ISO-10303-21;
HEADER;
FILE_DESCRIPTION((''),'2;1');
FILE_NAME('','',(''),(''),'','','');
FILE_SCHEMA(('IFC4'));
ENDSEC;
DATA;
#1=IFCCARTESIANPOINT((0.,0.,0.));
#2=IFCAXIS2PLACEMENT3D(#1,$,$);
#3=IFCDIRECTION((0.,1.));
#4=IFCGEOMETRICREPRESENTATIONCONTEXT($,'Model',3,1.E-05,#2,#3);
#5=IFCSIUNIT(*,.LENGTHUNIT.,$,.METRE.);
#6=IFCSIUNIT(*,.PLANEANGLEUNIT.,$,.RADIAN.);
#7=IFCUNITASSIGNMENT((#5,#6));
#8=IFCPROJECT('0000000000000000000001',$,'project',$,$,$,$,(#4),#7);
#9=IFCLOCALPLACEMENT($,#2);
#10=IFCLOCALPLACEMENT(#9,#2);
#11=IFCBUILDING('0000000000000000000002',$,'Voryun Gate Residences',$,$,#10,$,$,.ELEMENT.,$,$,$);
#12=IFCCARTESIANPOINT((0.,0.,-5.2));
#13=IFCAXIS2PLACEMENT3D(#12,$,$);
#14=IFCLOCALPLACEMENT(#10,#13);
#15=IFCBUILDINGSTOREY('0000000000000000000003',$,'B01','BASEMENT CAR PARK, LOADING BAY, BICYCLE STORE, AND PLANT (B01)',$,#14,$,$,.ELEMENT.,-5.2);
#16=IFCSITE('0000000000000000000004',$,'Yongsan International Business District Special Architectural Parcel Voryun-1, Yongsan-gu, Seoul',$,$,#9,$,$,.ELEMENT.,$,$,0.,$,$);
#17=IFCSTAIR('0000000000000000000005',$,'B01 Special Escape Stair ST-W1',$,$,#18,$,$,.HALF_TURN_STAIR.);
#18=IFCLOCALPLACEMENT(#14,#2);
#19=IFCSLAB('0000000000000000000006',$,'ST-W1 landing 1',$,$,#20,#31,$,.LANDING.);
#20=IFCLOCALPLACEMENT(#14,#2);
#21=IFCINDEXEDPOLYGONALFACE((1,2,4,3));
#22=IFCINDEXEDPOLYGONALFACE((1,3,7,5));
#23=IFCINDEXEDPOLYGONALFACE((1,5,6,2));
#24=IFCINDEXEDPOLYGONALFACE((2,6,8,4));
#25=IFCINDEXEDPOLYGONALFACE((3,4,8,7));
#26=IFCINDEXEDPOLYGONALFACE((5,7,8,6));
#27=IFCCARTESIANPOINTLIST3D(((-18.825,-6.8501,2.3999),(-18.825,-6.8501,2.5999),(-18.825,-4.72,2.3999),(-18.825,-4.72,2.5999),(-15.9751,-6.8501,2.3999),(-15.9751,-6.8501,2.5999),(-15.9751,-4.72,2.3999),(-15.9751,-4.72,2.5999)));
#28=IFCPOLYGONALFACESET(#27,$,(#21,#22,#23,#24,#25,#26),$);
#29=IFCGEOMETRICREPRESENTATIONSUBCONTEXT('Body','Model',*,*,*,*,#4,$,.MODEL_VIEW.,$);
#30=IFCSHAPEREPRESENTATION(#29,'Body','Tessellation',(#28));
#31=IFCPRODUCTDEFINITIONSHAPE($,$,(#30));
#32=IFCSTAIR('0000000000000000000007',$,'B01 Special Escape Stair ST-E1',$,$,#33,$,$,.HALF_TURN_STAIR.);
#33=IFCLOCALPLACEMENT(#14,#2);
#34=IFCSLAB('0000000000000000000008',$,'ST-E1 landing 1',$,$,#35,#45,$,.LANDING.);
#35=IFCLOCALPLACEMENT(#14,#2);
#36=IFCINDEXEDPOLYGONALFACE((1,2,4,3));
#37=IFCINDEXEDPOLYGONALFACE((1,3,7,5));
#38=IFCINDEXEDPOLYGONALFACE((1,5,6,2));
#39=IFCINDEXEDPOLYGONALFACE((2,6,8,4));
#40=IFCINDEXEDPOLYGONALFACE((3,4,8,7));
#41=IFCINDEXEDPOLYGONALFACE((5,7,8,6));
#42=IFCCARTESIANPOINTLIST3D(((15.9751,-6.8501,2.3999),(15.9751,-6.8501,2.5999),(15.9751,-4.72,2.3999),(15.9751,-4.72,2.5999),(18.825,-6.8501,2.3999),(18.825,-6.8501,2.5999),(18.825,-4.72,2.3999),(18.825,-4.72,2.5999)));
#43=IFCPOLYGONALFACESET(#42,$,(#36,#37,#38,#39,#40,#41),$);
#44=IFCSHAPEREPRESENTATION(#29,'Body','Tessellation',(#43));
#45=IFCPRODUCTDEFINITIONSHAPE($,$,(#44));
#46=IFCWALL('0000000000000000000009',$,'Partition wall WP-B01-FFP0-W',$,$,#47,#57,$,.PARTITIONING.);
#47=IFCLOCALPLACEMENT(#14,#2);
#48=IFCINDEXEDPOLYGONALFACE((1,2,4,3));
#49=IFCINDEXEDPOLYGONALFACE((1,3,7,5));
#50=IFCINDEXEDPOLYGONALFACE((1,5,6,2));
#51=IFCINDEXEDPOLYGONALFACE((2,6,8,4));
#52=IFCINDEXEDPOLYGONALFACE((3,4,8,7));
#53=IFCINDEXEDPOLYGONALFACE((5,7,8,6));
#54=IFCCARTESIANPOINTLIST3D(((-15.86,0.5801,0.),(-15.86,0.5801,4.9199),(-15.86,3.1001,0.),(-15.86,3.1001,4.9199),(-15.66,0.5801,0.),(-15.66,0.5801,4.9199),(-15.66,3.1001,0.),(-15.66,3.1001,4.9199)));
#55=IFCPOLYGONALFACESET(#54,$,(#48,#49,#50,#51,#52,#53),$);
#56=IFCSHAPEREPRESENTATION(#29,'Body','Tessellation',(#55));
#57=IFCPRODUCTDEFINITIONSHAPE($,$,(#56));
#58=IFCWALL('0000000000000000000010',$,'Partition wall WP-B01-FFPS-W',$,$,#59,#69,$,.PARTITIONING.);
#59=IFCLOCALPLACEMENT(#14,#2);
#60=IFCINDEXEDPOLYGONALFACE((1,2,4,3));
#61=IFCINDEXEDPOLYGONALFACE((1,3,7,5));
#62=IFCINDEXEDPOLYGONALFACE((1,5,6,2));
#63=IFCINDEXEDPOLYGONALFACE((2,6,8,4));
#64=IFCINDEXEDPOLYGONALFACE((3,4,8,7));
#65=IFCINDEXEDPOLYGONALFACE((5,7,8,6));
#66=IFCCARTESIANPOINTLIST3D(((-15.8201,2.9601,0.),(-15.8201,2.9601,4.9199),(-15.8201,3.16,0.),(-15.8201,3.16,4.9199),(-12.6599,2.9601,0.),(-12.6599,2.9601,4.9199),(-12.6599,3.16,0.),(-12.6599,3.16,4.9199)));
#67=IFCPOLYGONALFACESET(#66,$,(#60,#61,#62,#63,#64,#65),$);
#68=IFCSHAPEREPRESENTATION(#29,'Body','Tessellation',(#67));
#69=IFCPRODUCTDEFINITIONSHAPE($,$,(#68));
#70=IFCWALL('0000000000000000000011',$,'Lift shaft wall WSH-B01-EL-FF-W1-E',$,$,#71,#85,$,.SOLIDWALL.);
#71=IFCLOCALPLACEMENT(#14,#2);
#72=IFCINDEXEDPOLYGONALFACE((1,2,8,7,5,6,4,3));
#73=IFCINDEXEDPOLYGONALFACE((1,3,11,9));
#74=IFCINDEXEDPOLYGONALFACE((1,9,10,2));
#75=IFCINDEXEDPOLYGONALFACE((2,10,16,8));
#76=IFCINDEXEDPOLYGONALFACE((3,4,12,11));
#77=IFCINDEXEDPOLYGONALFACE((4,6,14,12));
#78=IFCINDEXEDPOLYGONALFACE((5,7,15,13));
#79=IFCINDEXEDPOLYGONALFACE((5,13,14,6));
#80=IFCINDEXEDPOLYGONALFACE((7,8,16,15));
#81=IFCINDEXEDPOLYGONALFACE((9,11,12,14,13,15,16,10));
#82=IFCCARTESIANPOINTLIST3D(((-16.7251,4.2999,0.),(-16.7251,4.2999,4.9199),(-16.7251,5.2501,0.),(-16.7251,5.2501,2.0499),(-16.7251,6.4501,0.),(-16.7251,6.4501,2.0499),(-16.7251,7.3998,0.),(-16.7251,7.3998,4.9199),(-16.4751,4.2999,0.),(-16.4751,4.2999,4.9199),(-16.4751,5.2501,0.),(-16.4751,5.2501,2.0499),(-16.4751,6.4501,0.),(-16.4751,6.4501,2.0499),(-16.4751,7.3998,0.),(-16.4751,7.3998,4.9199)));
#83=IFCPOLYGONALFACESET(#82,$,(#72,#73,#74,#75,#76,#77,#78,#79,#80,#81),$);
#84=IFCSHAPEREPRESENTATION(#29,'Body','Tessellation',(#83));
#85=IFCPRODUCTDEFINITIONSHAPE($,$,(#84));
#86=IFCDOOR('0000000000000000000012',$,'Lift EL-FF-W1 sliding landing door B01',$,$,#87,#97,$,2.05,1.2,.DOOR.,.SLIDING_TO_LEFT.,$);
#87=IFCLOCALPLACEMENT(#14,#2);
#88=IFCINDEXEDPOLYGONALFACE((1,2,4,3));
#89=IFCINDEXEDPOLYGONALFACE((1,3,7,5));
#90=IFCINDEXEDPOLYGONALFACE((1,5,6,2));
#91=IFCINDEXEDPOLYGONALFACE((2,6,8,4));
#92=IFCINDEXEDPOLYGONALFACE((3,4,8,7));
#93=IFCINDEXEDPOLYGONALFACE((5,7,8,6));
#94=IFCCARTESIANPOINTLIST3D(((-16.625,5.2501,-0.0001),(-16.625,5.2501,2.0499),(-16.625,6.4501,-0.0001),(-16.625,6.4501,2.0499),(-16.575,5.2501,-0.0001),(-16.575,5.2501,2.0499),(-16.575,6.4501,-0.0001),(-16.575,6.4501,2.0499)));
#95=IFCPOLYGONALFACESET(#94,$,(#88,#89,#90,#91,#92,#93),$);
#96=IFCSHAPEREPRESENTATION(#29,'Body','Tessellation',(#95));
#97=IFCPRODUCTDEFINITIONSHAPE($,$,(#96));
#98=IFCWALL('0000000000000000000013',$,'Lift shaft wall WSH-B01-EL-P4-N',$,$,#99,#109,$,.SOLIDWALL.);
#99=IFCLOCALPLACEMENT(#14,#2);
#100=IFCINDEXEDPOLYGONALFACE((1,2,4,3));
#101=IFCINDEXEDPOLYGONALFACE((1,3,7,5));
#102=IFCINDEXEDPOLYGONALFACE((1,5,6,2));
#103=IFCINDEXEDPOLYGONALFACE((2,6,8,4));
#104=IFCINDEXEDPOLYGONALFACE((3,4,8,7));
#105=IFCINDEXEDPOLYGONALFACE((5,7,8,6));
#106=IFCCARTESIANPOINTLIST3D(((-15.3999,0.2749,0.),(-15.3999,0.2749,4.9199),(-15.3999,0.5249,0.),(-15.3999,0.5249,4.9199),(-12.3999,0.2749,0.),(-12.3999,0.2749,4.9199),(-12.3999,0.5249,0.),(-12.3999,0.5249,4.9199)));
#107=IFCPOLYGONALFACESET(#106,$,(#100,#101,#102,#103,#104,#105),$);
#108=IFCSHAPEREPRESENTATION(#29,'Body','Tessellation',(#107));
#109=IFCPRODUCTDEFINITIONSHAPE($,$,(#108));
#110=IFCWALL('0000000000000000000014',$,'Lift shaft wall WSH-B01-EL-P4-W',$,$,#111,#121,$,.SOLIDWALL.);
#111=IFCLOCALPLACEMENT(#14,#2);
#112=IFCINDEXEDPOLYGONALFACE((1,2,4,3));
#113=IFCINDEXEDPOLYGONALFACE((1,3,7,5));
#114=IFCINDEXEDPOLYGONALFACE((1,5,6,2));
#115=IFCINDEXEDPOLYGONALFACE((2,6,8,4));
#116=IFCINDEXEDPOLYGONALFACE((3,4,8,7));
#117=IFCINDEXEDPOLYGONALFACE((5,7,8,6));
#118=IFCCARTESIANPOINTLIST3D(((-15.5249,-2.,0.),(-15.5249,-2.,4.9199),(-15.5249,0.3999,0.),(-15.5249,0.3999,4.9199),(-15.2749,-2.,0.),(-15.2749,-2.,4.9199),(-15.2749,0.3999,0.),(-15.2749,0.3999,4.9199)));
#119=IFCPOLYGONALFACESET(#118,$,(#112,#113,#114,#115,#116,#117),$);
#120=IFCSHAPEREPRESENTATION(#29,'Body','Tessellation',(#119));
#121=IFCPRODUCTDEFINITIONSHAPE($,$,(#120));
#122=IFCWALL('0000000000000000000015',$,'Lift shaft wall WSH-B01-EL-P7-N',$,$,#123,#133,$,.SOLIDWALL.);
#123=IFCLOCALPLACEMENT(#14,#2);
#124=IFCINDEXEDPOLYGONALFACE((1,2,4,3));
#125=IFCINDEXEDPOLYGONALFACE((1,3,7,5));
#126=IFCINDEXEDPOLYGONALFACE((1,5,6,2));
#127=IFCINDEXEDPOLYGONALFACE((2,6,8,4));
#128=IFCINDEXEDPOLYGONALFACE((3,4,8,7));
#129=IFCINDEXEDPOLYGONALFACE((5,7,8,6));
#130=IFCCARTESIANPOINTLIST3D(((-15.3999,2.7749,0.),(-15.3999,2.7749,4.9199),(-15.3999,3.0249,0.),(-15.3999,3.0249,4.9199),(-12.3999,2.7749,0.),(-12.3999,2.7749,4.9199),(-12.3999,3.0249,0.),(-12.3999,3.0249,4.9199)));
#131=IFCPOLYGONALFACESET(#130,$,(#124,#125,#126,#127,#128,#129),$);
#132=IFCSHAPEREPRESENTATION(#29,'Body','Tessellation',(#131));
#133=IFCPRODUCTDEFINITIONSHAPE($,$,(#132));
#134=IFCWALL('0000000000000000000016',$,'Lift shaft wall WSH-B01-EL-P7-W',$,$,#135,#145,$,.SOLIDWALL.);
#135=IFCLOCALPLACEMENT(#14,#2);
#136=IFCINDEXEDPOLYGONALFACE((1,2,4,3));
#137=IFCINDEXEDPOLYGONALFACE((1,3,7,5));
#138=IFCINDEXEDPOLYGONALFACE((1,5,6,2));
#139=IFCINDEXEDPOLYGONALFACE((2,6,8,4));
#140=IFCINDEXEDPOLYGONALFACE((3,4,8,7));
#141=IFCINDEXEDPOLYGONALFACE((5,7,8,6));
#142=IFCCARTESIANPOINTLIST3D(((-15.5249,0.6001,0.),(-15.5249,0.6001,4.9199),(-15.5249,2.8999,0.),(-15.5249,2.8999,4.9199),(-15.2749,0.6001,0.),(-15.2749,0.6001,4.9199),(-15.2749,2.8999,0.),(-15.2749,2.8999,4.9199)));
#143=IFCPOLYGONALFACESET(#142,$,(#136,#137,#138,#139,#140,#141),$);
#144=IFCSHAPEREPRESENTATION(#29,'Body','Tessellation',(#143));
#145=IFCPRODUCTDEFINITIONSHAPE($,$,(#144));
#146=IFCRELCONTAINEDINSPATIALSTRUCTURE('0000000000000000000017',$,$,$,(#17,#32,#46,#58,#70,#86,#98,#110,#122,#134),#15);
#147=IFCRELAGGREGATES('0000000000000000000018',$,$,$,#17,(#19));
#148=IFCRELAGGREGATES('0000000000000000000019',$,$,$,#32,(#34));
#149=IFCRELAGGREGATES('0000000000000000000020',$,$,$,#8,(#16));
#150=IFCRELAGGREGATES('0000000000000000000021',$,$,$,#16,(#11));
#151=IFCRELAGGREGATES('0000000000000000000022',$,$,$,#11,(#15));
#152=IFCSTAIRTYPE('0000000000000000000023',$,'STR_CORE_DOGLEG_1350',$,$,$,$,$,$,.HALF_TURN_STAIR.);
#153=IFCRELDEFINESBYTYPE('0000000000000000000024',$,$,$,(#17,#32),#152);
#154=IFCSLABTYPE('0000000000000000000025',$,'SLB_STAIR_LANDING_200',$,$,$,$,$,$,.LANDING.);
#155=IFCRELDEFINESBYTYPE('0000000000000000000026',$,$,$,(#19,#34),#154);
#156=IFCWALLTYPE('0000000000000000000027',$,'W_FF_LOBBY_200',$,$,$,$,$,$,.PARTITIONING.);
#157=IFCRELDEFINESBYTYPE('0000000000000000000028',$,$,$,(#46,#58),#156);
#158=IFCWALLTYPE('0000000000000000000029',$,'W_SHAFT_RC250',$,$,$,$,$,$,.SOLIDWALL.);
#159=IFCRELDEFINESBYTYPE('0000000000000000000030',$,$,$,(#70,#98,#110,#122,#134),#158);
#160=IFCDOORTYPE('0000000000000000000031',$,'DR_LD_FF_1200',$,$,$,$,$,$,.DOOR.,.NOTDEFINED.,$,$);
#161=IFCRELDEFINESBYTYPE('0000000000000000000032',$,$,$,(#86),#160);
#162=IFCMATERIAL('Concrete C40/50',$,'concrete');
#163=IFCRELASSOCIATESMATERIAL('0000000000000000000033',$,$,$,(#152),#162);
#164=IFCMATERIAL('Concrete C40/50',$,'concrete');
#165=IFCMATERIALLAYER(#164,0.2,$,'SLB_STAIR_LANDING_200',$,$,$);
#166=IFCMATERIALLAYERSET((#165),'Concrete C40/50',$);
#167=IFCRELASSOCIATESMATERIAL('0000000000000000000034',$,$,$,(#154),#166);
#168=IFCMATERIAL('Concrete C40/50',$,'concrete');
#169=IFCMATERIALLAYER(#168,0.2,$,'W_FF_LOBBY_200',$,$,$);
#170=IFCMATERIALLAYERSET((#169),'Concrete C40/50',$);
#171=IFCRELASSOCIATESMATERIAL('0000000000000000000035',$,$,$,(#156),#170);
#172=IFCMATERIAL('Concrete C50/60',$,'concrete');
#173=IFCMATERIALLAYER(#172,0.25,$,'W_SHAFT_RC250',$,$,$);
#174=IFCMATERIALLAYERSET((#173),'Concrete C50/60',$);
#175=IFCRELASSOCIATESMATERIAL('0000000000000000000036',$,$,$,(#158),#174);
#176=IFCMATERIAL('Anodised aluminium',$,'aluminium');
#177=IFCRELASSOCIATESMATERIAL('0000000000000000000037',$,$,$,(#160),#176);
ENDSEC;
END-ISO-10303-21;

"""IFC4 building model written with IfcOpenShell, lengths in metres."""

from ifc_helpers import new_model, si_unit, direction, frame, frame_2d, origin, place, context, subcontext, project, spatial, polyline, rectangle, outline, extrude, material, layer, layer_set, type_object, element, fill, aggregate, save


model = new_model("IFC4")

# Units and contexts
model_context = context("Model", 3, precision=1e-05, world=origin(), true_north=direction((0.0, 1.0)))
body_context = subcontext(model_context, "Body", "Model", "MODEL_VIEW")
ifc_project = project(units=[si_unit("LENGTHUNIT", "METRE"), si_unit("PLANEANGLEUNIT", "RADIAN")], contexts=[model_context])

# Site, building, storey
site_placement = place(None, origin())
site = spatial("IfcSite", under=ifc_project, at=site_placement, Name="Yongsan International Business District Special Architectural Parcel Voryun-1, Yongsan-gu, Seoul", CompositionType="ELEMENT", RefElevation=0.0)
building_placement = place(site_placement, origin())
building = spatial("IfcBuilding", under=site, at=building_placement, Name="Voryun Gate Residences", CompositionType="ELEMENT")
storey_placement = place(building_placement, frame((0.0, 0.0, -5.2)))
storey = spatial("IfcBuildingStorey", under=building, at=storey_placement, Name="B01", Description="BASEMENT CAR PARK, LOADING BAY, BICYCLE STORE, AND PLANT (B01)", CompositionType="ELEMENT", Elevation=-5.2)

# Stairs, slabs
ifc_material_1 = material(Name="Concrete C40/50", Category="concrete")
stair_type = type_object("IfcStairType", Name="STR_CORE_DOGLEG_1350", PredefinedType="HALF_TURN_STAIR", material=ifc_material_1)
stair_1_placement = place(storey_placement, origin())
stair_1 = element("IfcStair", 1, at=stair_1_placement, inside=storey, type_object=stair_type, Name="B01 Special Escape Stair ST-W1", PredefinedType="HALF_TURN_STAIR")
ifc_material_2 = material(Name="Concrete C40/50", Category="concrete")
ifc_layer_1 = layer(ifc_material_2, 0.2, Name="SLB_STAIR_LANDING_200")
ifc_layer_set_1 = layer_set([ifc_layer_1], Name="Concrete C40/50")
slab_type_1 = type_object("IfcSlabType", Name="SLB_STAIR_LANDING_200", PredefinedType="LANDING", material=ifc_layer_set_1)
slab_1_placement = place(storey_placement, frame((0.0, 0.0, 2.3999)))
slab_1 = element("IfcSlab", 2, at=slab_1_placement, type_object=slab_type_1, Name="ST-W1 landing 1", PredefinedType="LANDING", context=body_context, shape_type="SweptSolid", body=[
    extrude(outline(polyline([(-18.825, -4.72), (-18.825, -6.8501), (-15.9751, -6.8501), (-15.9751, -4.72), (-18.825, -4.72)])), origin(), (0.0, 0.0, 1.0), 0.2),
])
aggregate(stair_1, [slab_1])
stair_2_placement = place(storey_placement, origin())
stair_2 = element("IfcStair", 3, at=stair_2_placement, inside=storey, type_object=stair_type, Name="B01 Special Escape Stair ST-E1", PredefinedType="HALF_TURN_STAIR")
slab_2_placement = place(storey_placement, frame((0.0, 0.0, 2.3999)))
slab_2 = element("IfcSlab", 4, at=slab_2_placement, type_object=slab_type_1, Name="ST-E1 landing 1", PredefinedType="LANDING", context=body_context, shape_type="SweptSolid", body=[
    extrude(outline(polyline([(15.9751, -4.72), (15.9751, -6.8501), (18.825, -6.8501), (18.825, -4.72), (15.9751, -4.72)])), origin(), (0.0, 0.0, 1.0), 0.2),
])
aggregate(stair_2, [slab_2])

# Walls
ifc_material_3 = material(Name="Concrete C40/50", Category="concrete")
ifc_layer_2 = layer(ifc_material_3, 0.2, Name="W_FF_LOBBY_200")
ifc_layer_set_2 = layer_set([ifc_layer_2], Name="Concrete C40/50")
wall_type_1 = type_object("IfcWallType", Name="W_FF_LOBBY_200", PredefinedType="PARTITIONING", material=ifc_layer_set_2)
wall_1_placement = place(storey_placement, frame((-15.76, 0.5801, 0.0), z_axis=(0.0, 0.0, 1.0), x_axis=(0.0, 1.0, 0.0)))
element("IfcWall", 5, at=wall_1_placement, inside=storey, type_object=wall_type_1, Name="Partition wall WP-B01-FFP0-W", PredefinedType="PARTITIONING", context=body_context, shape_type="SweptSolid", body=[
    extrude(rectangle(XDim=2.52, YDim=0.2, at=frame_2d((1.26, 0.0))), origin(), (0.0, 0.0, 1.0), 4.9199),
])
wall_2_placement = place(storey_placement, frame((-15.8201, 3.0601, 0.0), z_axis=(0.0, 0.0, 1.0), x_axis=(1.0, 0.0, 0.0)))
element("IfcWall", 6, at=wall_2_placement, inside=storey, type_object=wall_type_1, Name="Partition wall WP-B01-FFPS-W", PredefinedType="PARTITIONING", context=body_context, shape_type="SweptSolid", body=[
    extrude(rectangle(XDim=3.1602, YDim=0.2, at=frame_2d((1.5801, 0.0))), origin(), (0.0, 0.0, 1.0), 4.9199),
])

# Wall, opening, door
ifc_material_4 = material(Name="Concrete C50/60", Category="concrete")
ifc_layer_3 = layer(ifc_material_4, 0.25, Name="W_SHAFT_RC250")
ifc_layer_set_3 = layer_set([ifc_layer_3], Name="Concrete C50/60")
wall_type_2 = type_object("IfcWallType", Name="W_SHAFT_RC250", PredefinedType="SOLIDWALL", material=ifc_layer_set_3)
wall_3_placement = place(storey_placement, frame((-16.6001, 4.3, 0.0), z_axis=(0.0, 0.0, 1.0), x_axis=(0.0, 1.0, 0.0)))
wall_3 = element("IfcWall", 7, at=wall_3_placement, inside=storey, type_object=wall_type_2, Name="Lift shaft wall WSH-B01-EL-FF-W1-E", PredefinedType="SOLIDWALL", context=body_context, shape_type="SweptSolid", body=[
    extrude(rectangle(XDim=3.0999, YDim=0.25, at=frame_2d((1.5498, 0.0))), origin(), (0.0, 0.0, 1.0), 4.9199),
])
opening_placement = place(wall_3_placement, frame((0.95, 0.0, 0.0)))
opening = element("IfcOpeningElement", 8, at=opening_placement, cuts=wall_3, PredefinedType="OPENING", context=body_context, shape_type="SweptSolid", body=[
    extrude(rectangle(XDim=1.2, YDim=2.05, at=frame_2d((0.6001, 1.0249))), frame((0.0, 0.135, 0.0), z_axis=(0.0, -1.0, 0.0), x_axis=(1.0, 0.0, 0.0)), (0.0, 0.0, 1.0), 0.27),
])
ifc_material_5 = material(Name="Anodised aluminium", Category="aluminium")
door_type = type_object("IfcDoorType", Name="DR_LD_FF_1200", OperationType="NOTDEFINED", PredefinedType="DOOR", material=ifc_material_5)
door_placement = place(opening_placement, origin())
door = element("IfcDoor", 9, at=door_placement, inside=storey, type_object=door_type, Name="Lift EL-FF-W1 sliding landing door B01", OperationType="SLIDING_TO_LEFT", OverallHeight=2.05, OverallWidth=1.2, PredefinedType="DOOR", context=body_context, shape_type="SweptSolid", body=[
    extrude(rectangle(XDim=1.2, YDim=2.05, at=frame_2d((0.6001, 1.0249))), frame((0.0, 0.0249, 0.0), z_axis=(0.0, -1.0, 0.0), x_axis=(1.0, 0.0, 0.0)), (0.0, 0.0, 1.0), 0.05),
])
fill(opening, door)

# Walls
wall_4_placement = place(storey_placement, frame((-12.3999, 0.3999, 0.0), z_axis=(0.0, 0.0, 1.0), x_axis=(-1.0, 0.0, 0.0)))
element("IfcWall", 10, at=wall_4_placement, inside=storey, type_object=wall_type_2, Name="Lift shaft wall WSH-B01-EL-P4-N", PredefinedType="SOLIDWALL", context=body_context, shape_type="SweptSolid", body=[
    extrude(rectangle(XDim=3.0, YDim=0.25, at=frame_2d((1.5, 0.0))), origin(), (0.0, 0.0, 1.0), 4.9199),
])
wall_5_placement = place(storey_placement, frame((-15.3999, 0.3999, 0.0), z_axis=(0.0, 0.0, 1.0), x_axis=(0.0, -1.0, 0.0)))
element("IfcWall", 11, at=wall_5_placement, inside=storey, type_object=wall_type_2, Name="Lift shaft wall WSH-B01-EL-P4-W", PredefinedType="SOLIDWALL", context=body_context, shape_type="SweptSolid", body=[
    extrude(rectangle(XDim=2.3999, YDim=0.25, at=frame_2d((1.2, 0.0))), origin(), (0.0, 0.0, 1.0), 4.9199),
])
wall_6_placement = place(storey_placement, frame((-12.3999, 2.8999, 0.0), z_axis=(0.0, 0.0, 1.0), x_axis=(-1.0, 0.0, 0.0)))
element("IfcWall", 12, at=wall_6_placement, inside=storey, type_object=wall_type_2, Name="Lift shaft wall WSH-B01-EL-P7-N", PredefinedType="SOLIDWALL", context=body_context, shape_type="SweptSolid", body=[
    extrude(rectangle(XDim=3.0, YDim=0.25, at=frame_2d((1.5, 0.0))), origin(), (0.0, 0.0, 1.0), 4.9199),
])
wall_7_placement = place(storey_placement, frame((-15.3999, 2.8999, 0.0), z_axis=(0.0, 0.0, 1.0), x_axis=(0.0, -1.0, 0.0)))
element("IfcWall", 13, at=wall_7_placement, inside=storey, type_object=wall_type_2, Name="Lift shaft wall WSH-B01-EL-P7-W", PredefinedType="SOLIDWALL", context=body_context, shape_type="SweptSolid", body=[
    extrude(rectangle(XDim=2.2998, YDim=0.25, at=frame_2d((1.1499, 0.0))), origin(), (0.0, 0.0, 1.0), 4.9199),
])

save(model, "model.ifc")
